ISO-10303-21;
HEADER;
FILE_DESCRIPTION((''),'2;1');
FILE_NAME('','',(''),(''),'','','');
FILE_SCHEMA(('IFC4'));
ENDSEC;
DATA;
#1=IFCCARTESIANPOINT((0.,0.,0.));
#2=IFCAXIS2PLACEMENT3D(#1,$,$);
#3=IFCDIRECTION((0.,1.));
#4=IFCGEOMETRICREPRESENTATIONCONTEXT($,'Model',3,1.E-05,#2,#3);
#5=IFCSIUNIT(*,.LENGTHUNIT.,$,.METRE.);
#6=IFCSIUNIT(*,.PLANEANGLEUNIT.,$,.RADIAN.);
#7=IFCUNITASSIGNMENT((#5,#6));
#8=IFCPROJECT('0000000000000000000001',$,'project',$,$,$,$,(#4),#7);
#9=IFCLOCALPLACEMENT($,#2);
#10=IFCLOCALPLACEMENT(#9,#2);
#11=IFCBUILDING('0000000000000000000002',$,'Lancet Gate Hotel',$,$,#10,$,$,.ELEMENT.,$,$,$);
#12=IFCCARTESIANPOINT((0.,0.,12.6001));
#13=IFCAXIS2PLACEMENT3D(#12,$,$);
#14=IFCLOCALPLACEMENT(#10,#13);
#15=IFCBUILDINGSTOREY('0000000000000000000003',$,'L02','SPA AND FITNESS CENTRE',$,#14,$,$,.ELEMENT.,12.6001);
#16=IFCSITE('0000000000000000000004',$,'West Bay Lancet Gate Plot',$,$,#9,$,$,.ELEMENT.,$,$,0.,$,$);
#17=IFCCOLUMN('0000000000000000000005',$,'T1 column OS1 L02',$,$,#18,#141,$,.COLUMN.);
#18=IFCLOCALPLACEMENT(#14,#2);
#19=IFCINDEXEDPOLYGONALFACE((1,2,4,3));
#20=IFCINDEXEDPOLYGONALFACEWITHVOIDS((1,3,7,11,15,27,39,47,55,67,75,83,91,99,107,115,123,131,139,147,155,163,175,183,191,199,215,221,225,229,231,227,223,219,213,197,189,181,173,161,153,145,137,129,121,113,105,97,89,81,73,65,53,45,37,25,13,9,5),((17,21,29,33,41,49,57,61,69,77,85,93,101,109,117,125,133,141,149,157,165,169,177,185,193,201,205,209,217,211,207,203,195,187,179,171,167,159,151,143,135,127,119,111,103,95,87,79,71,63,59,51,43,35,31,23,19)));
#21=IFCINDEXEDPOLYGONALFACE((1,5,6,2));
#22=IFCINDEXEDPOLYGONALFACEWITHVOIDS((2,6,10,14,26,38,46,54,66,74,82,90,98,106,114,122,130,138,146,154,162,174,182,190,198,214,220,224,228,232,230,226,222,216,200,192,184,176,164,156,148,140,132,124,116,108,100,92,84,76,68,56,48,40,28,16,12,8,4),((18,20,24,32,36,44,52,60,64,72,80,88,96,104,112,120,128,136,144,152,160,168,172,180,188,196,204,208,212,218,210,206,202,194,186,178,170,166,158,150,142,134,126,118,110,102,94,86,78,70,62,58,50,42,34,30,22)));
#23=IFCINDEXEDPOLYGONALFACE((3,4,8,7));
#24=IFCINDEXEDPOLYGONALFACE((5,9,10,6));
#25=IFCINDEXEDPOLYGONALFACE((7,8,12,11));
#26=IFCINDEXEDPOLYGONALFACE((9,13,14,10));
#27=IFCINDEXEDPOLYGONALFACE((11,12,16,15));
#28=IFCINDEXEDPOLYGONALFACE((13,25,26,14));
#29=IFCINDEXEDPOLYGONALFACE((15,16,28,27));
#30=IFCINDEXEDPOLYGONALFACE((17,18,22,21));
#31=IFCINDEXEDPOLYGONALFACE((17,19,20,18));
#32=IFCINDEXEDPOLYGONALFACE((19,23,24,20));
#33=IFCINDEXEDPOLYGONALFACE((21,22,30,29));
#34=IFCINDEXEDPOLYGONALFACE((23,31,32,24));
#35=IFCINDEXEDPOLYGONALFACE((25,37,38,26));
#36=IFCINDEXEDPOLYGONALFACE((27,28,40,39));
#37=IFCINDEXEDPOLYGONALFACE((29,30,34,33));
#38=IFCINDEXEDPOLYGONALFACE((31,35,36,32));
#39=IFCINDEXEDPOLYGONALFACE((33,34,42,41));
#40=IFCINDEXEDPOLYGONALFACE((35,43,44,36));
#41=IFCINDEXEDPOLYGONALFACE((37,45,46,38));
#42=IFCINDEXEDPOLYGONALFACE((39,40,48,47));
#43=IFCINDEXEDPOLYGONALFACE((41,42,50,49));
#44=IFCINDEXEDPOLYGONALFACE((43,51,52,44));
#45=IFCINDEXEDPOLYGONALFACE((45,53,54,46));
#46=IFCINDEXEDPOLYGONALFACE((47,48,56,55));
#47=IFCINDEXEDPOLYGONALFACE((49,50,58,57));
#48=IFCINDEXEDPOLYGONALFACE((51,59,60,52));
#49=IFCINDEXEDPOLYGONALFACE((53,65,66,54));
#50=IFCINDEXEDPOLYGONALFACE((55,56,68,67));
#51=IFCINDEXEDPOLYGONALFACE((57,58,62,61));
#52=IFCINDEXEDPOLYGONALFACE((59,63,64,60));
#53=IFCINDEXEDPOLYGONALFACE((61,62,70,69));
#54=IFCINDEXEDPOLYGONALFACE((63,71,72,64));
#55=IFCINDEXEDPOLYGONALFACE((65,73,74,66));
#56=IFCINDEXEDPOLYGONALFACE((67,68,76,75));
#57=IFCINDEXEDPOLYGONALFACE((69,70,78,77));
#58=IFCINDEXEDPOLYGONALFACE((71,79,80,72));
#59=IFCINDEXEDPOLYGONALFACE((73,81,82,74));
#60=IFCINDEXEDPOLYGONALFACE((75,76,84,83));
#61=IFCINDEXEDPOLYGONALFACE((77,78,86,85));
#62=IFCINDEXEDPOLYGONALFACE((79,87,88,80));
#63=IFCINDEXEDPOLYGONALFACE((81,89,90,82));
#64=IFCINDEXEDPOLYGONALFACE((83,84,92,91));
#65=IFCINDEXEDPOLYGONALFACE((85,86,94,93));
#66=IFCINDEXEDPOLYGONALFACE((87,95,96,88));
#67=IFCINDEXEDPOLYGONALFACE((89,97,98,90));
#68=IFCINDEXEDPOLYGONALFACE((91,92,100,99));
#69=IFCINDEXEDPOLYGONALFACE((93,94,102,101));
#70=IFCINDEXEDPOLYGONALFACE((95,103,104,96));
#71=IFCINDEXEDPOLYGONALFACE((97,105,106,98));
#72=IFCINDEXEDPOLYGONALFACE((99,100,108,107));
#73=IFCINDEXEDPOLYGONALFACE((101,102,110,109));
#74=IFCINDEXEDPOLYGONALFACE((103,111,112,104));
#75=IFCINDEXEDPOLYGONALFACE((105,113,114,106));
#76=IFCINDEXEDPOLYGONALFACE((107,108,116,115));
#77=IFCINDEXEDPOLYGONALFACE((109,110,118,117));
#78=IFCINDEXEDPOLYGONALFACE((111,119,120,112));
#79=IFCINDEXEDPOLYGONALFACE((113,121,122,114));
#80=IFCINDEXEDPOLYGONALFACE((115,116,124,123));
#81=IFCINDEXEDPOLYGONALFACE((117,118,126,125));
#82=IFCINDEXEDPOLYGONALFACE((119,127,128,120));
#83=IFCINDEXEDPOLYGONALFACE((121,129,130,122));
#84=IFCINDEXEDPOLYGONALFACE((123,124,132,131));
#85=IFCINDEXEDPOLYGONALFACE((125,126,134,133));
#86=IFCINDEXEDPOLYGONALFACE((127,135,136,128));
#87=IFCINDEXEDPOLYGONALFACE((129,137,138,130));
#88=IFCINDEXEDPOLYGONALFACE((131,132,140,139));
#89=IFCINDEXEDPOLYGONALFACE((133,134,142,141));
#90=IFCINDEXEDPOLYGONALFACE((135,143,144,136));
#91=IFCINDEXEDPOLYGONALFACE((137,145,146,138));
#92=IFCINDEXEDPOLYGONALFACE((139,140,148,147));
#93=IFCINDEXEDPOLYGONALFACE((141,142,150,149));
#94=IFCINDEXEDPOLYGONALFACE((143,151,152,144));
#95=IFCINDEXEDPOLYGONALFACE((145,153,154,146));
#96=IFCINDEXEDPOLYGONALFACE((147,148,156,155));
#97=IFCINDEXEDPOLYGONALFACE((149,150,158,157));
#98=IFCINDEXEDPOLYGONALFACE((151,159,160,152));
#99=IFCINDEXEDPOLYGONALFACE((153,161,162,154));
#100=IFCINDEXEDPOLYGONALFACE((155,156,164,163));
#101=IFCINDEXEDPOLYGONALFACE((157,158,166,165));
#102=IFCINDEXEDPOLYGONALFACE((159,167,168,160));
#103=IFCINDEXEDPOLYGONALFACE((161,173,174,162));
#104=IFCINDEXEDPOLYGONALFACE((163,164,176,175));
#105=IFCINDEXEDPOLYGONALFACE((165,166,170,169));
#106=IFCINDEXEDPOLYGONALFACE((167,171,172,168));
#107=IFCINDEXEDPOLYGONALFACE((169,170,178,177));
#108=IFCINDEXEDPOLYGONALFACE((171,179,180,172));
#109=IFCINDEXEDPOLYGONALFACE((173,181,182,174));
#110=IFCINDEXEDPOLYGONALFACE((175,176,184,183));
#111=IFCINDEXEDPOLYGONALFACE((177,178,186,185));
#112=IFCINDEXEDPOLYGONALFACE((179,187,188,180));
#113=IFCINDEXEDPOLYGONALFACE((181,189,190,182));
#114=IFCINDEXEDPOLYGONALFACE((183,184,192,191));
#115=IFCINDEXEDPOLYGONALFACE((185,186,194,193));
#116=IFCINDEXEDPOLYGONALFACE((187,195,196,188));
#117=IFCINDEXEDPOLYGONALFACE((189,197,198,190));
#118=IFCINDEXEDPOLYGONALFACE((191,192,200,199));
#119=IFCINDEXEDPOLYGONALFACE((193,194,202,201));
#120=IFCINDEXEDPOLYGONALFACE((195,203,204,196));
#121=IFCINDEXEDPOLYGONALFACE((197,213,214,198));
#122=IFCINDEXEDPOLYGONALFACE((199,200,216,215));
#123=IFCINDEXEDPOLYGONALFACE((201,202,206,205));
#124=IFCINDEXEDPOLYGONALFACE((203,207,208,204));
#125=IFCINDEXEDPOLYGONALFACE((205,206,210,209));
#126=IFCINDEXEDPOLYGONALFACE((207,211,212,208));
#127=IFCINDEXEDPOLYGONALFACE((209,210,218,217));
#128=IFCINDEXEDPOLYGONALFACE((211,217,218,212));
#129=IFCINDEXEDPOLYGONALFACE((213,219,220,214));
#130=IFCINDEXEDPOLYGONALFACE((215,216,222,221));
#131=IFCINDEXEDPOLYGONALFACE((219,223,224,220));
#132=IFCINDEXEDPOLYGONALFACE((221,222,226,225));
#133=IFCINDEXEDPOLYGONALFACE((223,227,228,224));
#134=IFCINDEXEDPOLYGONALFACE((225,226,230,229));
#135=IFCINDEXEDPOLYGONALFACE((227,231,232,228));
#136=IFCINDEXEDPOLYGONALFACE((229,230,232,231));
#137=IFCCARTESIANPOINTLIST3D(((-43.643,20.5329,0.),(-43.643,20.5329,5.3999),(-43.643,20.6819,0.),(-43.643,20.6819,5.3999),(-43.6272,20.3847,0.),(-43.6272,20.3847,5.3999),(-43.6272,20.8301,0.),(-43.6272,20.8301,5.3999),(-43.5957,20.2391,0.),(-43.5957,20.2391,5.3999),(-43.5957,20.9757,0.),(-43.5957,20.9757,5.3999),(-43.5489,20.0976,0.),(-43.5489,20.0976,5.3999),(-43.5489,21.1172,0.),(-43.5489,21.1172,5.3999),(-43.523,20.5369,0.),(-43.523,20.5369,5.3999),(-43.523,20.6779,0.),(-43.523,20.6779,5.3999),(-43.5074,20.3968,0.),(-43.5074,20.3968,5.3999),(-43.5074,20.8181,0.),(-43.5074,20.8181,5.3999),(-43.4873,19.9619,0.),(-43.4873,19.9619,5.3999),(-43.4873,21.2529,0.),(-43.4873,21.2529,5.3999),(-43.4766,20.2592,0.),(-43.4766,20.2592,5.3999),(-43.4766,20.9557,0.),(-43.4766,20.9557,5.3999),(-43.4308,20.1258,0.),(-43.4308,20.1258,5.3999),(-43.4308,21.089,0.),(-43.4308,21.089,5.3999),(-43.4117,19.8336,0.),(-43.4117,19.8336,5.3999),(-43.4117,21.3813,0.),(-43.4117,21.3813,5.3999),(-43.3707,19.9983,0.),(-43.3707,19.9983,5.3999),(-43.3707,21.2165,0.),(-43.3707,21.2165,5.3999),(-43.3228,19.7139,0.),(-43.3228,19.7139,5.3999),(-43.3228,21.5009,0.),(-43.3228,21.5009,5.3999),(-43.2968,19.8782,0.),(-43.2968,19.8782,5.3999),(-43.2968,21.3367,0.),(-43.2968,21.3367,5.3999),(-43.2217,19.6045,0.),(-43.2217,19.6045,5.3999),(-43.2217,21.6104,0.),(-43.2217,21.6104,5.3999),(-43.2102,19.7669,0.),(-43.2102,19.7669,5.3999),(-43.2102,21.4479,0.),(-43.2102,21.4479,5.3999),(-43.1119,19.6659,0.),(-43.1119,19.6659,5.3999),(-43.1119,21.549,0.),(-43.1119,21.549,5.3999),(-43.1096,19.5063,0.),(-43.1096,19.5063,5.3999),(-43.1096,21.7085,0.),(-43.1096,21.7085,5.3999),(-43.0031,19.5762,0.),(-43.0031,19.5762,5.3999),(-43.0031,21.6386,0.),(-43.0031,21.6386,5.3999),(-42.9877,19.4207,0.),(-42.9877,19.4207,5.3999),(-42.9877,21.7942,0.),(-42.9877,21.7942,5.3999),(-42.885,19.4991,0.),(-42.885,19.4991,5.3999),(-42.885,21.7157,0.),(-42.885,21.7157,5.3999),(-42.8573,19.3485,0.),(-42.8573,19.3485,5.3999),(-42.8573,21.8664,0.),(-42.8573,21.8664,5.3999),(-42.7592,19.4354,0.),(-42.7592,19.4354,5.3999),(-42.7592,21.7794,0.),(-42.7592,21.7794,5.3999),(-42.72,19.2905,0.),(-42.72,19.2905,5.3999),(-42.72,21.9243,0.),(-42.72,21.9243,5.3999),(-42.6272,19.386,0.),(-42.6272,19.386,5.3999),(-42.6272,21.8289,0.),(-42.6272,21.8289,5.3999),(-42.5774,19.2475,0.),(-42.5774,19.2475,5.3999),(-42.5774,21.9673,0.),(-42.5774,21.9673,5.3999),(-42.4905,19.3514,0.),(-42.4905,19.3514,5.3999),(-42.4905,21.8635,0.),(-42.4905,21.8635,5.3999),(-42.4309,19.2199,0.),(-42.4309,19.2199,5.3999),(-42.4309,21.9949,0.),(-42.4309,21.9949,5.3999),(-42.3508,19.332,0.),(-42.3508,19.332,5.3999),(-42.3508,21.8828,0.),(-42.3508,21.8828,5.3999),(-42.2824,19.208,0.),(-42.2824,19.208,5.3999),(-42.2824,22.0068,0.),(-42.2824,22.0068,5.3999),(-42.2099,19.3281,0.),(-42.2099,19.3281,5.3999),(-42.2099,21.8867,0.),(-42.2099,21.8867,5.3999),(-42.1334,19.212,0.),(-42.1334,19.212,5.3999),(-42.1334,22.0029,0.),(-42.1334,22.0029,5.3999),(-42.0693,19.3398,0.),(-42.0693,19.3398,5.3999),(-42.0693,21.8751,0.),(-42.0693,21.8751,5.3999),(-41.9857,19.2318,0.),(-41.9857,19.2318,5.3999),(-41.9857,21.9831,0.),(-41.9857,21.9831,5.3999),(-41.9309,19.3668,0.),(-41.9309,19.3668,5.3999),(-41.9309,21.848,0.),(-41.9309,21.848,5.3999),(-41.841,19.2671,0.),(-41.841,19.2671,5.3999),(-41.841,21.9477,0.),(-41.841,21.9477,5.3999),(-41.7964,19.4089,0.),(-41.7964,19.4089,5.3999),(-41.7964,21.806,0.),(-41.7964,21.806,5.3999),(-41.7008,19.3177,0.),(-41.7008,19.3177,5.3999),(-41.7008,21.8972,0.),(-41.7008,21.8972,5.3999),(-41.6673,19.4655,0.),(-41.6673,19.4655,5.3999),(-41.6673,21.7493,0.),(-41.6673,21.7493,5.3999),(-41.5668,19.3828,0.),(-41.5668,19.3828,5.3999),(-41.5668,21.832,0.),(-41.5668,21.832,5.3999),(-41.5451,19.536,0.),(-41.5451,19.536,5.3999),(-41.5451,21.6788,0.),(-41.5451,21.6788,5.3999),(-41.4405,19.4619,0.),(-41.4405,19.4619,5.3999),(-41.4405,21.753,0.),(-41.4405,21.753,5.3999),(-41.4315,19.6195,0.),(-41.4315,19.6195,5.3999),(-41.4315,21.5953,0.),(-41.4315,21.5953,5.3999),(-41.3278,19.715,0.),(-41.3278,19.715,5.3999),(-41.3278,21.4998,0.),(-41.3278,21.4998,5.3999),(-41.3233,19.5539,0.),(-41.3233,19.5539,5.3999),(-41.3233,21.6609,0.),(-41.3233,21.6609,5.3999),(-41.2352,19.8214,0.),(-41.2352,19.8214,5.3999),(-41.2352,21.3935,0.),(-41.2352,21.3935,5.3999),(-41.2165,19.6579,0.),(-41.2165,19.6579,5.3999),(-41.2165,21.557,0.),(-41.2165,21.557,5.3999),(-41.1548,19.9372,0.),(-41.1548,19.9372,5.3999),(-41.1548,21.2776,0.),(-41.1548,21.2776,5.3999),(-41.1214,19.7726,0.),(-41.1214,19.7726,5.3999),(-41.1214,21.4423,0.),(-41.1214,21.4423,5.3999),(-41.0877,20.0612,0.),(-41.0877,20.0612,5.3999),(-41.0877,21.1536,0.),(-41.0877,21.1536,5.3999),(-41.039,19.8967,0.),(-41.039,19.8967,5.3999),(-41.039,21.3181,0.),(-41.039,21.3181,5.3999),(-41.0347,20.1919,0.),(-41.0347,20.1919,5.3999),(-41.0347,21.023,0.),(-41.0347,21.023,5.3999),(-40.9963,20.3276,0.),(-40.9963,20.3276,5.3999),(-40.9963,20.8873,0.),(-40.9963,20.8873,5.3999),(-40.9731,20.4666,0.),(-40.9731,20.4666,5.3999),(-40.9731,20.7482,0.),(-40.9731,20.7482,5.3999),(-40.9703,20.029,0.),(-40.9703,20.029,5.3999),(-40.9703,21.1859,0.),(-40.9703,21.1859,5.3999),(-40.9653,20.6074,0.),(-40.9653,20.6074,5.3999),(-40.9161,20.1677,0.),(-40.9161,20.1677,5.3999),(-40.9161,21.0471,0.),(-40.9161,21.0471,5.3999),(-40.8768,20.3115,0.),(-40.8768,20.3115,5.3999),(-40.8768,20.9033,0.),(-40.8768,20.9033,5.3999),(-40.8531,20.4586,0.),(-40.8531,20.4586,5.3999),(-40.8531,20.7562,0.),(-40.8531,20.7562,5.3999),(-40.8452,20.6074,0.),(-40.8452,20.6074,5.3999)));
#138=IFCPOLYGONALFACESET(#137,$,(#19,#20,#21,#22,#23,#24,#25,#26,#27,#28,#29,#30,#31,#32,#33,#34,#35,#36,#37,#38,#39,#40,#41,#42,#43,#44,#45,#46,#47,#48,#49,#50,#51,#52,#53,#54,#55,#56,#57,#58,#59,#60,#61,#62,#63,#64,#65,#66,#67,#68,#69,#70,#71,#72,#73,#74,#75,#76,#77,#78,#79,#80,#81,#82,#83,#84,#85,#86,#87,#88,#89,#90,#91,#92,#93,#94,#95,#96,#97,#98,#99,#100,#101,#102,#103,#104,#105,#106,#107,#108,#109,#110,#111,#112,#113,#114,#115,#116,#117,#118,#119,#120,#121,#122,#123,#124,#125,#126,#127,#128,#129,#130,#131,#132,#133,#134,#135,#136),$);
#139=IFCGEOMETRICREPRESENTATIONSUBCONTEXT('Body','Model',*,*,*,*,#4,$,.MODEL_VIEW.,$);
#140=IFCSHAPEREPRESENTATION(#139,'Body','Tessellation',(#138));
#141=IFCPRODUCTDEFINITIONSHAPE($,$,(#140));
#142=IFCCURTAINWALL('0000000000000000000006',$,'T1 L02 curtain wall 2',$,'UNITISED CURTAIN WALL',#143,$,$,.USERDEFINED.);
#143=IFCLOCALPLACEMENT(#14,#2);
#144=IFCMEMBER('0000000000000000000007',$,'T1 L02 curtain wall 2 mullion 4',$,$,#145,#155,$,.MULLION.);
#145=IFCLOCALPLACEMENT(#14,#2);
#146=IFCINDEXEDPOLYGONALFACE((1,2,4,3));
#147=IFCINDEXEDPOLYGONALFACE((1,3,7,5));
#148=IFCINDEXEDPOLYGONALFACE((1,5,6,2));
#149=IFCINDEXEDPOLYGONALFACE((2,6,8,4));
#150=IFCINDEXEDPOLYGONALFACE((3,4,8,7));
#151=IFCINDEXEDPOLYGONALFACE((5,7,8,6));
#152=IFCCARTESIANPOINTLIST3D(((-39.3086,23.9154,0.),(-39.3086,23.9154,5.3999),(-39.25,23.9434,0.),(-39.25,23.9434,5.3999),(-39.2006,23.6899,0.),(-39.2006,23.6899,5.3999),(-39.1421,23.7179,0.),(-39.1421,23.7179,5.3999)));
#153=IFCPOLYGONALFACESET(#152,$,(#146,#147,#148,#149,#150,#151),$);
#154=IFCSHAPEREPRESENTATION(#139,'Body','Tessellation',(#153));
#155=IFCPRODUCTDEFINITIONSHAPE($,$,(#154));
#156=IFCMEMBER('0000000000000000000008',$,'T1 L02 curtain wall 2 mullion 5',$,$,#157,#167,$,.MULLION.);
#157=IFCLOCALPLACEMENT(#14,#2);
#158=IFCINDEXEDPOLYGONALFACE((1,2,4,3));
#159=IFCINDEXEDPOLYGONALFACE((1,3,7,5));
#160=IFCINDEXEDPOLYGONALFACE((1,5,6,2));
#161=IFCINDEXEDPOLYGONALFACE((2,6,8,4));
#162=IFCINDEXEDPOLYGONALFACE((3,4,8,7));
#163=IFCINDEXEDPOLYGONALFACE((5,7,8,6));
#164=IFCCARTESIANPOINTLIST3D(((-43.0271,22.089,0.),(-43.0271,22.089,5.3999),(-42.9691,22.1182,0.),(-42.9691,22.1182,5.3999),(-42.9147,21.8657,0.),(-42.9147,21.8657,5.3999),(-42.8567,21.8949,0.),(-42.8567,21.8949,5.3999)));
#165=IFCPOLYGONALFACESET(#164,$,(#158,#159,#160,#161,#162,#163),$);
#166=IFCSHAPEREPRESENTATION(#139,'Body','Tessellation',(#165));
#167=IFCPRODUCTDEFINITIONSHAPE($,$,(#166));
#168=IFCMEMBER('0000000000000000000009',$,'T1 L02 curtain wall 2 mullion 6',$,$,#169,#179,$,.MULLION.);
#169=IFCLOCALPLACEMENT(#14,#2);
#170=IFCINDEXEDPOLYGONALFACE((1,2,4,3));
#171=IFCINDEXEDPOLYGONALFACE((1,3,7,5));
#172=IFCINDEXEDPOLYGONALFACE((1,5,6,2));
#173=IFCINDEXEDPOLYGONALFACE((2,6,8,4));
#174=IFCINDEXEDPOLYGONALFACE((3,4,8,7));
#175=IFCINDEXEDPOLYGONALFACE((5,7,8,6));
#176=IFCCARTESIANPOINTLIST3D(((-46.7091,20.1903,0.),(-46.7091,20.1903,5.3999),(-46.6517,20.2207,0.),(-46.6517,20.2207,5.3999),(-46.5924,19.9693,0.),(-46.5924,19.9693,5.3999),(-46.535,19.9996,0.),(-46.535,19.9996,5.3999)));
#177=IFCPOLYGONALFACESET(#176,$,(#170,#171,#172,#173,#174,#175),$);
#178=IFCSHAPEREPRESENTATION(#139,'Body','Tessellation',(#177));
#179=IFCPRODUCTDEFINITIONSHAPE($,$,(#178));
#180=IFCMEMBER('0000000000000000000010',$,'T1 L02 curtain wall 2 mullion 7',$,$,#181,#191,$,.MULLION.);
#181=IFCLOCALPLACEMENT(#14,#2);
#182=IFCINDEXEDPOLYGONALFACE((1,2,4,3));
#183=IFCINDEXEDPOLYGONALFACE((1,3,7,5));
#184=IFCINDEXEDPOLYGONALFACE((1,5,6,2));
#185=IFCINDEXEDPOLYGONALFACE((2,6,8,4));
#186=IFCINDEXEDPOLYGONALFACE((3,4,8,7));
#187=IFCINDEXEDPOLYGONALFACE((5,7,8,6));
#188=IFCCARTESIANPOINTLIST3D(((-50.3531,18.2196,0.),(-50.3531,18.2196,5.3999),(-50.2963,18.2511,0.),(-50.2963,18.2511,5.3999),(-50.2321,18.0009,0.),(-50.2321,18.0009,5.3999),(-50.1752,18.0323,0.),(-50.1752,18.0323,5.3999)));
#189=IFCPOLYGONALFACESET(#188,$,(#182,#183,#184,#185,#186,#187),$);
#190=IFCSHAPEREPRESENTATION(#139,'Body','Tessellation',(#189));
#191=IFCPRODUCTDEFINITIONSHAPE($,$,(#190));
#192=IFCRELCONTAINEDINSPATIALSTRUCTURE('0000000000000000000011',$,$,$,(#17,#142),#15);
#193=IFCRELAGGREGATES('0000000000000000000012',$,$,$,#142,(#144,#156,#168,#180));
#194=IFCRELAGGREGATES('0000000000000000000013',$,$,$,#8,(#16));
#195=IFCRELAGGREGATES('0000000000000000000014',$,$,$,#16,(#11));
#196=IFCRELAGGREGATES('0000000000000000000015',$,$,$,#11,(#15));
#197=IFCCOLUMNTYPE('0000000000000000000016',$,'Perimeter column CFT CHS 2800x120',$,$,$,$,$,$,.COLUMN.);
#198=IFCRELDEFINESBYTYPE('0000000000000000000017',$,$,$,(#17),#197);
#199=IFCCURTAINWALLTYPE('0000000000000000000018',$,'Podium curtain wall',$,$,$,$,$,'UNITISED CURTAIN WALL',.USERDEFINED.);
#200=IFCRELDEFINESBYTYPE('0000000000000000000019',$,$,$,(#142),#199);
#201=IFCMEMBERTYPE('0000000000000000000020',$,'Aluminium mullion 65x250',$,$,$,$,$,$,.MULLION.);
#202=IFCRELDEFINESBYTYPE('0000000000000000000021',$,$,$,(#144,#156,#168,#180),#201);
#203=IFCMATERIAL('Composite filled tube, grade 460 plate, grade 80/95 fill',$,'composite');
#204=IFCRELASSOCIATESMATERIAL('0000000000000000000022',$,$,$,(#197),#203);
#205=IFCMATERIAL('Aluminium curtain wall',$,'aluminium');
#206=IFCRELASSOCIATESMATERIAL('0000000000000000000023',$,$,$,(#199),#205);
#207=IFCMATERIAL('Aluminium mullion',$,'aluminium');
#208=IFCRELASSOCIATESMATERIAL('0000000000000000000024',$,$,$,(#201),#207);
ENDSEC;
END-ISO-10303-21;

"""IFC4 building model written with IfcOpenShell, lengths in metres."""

from ifc_helpers import new_model, si_unit, direction, frame, origin, origin_2d, place, context, subcontext, project, spatial, rectangle, hollow_circle, extrude, material, material_profile, profile_set, type_object, element, aggregate, save


model = new_model("IFC4")

# Units and contexts
model_context = context("Model", 3, precision=1e-05, world=origin(), true_north=direction((0.0, 1.0)))
body_context = subcontext(model_context, "Body", "Model", "MODEL_VIEW")
ifc_project = project(units=[si_unit("LENGTHUNIT", "METRE"), si_unit("PLANEANGLEUNIT", "RADIAN")], contexts=[model_context])

# Site, building, storey
site_placement = place(None, origin())
site = spatial("IfcSite", under=ifc_project, at=site_placement, Name="West Bay Lancet Gate Plot", CompositionType="ELEMENT", RefElevation=0.0)
building_placement = place(site_placement, origin())
building = spatial("IfcBuilding", under=site, at=building_placement, Name="Lancet Gate Hotel", CompositionType="ELEMENT")
storey_placement = place(building_placement, frame((0.0, 0.0, 12.6001)))
storey = spatial("IfcBuildingStorey", under=building, at=storey_placement, Name="L02", Description="SPA AND FITNESS CENTRE", CompositionType="ELEMENT", Elevation=12.6001)

# Column
ifc_material_1 = material(Name="Composite filled tube, grade 460 plate, grade 80/95 fill", Category="composite")
ifc_material_profile_1 = material_profile(ifc_material_1, hollow_circle(Radius=1.3999, WallThickness=0.1201, at=origin_2d()), Name="CHS 2800x120")
ifc_profile_set_1 = profile_set([ifc_material_profile_1], Name="Composite filled tube, grade 460 plate, grade 80/95 fill")
column_type = type_object("IfcColumnType", Name="Perimeter column CFT CHS 2800x120", PredefinedType="COLUMN", material=ifc_profile_set_1)
column_placement = place(storey_placement, frame((-42.2451, 20.6074, 0.0), z_axis=(0.0, 0.0, 1.0), x_axis=(1.0, 0.0, 0.0)))
element("IfcColumn", 1, at=column_placement, inside=storey, type_object=column_type, Name="T1 column OS1 L02", PredefinedType="COLUMN", context=body_context, shape_type="SweptSolid", body=[
    extrude(hollow_circle(Radius=1.3999, WallThickness=0.1201, at=origin_2d()), origin(), (0.0, 0.0, 1.0), 5.3999),
])

# Curtain wall, members
ifc_material_2 = material(Name="Aluminium curtain wall", Category="aluminium")
curtain_wall_type = type_object("IfcCurtainWallType", Name="Podium curtain wall", ElementType="UNITISED CURTAIN WALL", PredefinedType="USERDEFINED", material=ifc_material_2)
curtain_wall_placement = place(storey_placement, origin())
curtain_wall = element("IfcCurtainWall", 2, at=curtain_wall_placement, inside=storey, type_object=curtain_wall_type, Name="T1 L02 curtain wall 2", ObjectType="UNITISED CURTAIN WALL", PredefinedType="USERDEFINED")
ifc_material_3 = material(Name="Aluminium mullion", Category="aluminium")
ifc_material_profile_2 = material_profile(ifc_material_3, rectangle(XDim=0.0649, YDim=0.25, at=origin_2d()), Name="MULLION 65x250")
ifc_profile_set_2 = profile_set([ifc_material_profile_2], Name="Aluminium mullion")
member_type_1 = type_object("IfcMemberType", Name="Aluminium mullion 65x250", PredefinedType="MULLION", material=ifc_profile_set_2)
member_1_placement = place(storey_placement, frame((-39.2253, 23.8167, 0.0), z_axis=(0.0, 0.0, 1.0), x_axis=(-0.901929, -0.431885, 0.0)))
member_1 = element("IfcMember", 3, at=member_1_placement, type_object=member_type_1, Name="T1 L02 curtain wall 2 mullion 4", PredefinedType="MULLION", context=body_context, shape_type="SweptSolid", body=[
    extrude(rectangle(XDim=0.0649, YDim=0.25, at=origin_2d()), origin(), (0.0, 0.0, 1.0), 5.3999),
])
member_2_placement = place(storey_placement, frame((-42.9419, 21.9919, 0.0), z_axis=(0.0, 0.0, 1.0), x_axis=(-0.893292, -0.449478, 0.0)))
member_2 = element("IfcMember", 4, at=member_2_placement, type_object=member_type_1, Name="T1 L02 curtain wall 2 mullion 5", PredefinedType="MULLION", context=body_context, shape_type="SweptSolid", body=[
    extrude(rectangle(XDim=0.0649, YDim=0.25, at=origin_2d()), origin(), (0.0, 0.0, 1.0), 5.3999),
])
member_3_placement = place(storey_placement, frame((-46.6221, 20.095, 0.0), z_axis=(0.0, 0.0, 1.0), x_axis=(-0.884311, -0.466898, 0.0)))
member_3 = element("IfcMember", 5, at=member_3_placement, type_object=member_type_1, Name="T1 L02 curtain wall 2 mullion 6", PredefinedType="MULLION", context=body_context, shape_type="SweptSolid", body=[
    extrude(rectangle(XDim=0.0649, YDim=0.25, at=origin_2d()), origin(), (0.0, 0.0, 1.0), 5.3999),
])
member_4_placement = place(storey_placement, frame((-50.2642, 18.126, 0.0), z_axis=(0.0, 0.0, 1.0), x_axis=(-0.874991, -0.484139, 0.0)))
member_4 = element("IfcMember", 6, at=member_4_placement, type_object=member_type_1, Name="T1 L02 curtain wall 2 mullion 7", PredefinedType="MULLION", context=body_context, shape_type="SweptSolid", body=[
    extrude(rectangle(XDim=0.0649, YDim=0.25, at=origin_2d()), origin(), (0.0, 0.0, 1.0), 5.3999),
])

aggregate(curtain_wall, [member_1, member_2, member_3, member_4])

save(model, "model.ifc")
